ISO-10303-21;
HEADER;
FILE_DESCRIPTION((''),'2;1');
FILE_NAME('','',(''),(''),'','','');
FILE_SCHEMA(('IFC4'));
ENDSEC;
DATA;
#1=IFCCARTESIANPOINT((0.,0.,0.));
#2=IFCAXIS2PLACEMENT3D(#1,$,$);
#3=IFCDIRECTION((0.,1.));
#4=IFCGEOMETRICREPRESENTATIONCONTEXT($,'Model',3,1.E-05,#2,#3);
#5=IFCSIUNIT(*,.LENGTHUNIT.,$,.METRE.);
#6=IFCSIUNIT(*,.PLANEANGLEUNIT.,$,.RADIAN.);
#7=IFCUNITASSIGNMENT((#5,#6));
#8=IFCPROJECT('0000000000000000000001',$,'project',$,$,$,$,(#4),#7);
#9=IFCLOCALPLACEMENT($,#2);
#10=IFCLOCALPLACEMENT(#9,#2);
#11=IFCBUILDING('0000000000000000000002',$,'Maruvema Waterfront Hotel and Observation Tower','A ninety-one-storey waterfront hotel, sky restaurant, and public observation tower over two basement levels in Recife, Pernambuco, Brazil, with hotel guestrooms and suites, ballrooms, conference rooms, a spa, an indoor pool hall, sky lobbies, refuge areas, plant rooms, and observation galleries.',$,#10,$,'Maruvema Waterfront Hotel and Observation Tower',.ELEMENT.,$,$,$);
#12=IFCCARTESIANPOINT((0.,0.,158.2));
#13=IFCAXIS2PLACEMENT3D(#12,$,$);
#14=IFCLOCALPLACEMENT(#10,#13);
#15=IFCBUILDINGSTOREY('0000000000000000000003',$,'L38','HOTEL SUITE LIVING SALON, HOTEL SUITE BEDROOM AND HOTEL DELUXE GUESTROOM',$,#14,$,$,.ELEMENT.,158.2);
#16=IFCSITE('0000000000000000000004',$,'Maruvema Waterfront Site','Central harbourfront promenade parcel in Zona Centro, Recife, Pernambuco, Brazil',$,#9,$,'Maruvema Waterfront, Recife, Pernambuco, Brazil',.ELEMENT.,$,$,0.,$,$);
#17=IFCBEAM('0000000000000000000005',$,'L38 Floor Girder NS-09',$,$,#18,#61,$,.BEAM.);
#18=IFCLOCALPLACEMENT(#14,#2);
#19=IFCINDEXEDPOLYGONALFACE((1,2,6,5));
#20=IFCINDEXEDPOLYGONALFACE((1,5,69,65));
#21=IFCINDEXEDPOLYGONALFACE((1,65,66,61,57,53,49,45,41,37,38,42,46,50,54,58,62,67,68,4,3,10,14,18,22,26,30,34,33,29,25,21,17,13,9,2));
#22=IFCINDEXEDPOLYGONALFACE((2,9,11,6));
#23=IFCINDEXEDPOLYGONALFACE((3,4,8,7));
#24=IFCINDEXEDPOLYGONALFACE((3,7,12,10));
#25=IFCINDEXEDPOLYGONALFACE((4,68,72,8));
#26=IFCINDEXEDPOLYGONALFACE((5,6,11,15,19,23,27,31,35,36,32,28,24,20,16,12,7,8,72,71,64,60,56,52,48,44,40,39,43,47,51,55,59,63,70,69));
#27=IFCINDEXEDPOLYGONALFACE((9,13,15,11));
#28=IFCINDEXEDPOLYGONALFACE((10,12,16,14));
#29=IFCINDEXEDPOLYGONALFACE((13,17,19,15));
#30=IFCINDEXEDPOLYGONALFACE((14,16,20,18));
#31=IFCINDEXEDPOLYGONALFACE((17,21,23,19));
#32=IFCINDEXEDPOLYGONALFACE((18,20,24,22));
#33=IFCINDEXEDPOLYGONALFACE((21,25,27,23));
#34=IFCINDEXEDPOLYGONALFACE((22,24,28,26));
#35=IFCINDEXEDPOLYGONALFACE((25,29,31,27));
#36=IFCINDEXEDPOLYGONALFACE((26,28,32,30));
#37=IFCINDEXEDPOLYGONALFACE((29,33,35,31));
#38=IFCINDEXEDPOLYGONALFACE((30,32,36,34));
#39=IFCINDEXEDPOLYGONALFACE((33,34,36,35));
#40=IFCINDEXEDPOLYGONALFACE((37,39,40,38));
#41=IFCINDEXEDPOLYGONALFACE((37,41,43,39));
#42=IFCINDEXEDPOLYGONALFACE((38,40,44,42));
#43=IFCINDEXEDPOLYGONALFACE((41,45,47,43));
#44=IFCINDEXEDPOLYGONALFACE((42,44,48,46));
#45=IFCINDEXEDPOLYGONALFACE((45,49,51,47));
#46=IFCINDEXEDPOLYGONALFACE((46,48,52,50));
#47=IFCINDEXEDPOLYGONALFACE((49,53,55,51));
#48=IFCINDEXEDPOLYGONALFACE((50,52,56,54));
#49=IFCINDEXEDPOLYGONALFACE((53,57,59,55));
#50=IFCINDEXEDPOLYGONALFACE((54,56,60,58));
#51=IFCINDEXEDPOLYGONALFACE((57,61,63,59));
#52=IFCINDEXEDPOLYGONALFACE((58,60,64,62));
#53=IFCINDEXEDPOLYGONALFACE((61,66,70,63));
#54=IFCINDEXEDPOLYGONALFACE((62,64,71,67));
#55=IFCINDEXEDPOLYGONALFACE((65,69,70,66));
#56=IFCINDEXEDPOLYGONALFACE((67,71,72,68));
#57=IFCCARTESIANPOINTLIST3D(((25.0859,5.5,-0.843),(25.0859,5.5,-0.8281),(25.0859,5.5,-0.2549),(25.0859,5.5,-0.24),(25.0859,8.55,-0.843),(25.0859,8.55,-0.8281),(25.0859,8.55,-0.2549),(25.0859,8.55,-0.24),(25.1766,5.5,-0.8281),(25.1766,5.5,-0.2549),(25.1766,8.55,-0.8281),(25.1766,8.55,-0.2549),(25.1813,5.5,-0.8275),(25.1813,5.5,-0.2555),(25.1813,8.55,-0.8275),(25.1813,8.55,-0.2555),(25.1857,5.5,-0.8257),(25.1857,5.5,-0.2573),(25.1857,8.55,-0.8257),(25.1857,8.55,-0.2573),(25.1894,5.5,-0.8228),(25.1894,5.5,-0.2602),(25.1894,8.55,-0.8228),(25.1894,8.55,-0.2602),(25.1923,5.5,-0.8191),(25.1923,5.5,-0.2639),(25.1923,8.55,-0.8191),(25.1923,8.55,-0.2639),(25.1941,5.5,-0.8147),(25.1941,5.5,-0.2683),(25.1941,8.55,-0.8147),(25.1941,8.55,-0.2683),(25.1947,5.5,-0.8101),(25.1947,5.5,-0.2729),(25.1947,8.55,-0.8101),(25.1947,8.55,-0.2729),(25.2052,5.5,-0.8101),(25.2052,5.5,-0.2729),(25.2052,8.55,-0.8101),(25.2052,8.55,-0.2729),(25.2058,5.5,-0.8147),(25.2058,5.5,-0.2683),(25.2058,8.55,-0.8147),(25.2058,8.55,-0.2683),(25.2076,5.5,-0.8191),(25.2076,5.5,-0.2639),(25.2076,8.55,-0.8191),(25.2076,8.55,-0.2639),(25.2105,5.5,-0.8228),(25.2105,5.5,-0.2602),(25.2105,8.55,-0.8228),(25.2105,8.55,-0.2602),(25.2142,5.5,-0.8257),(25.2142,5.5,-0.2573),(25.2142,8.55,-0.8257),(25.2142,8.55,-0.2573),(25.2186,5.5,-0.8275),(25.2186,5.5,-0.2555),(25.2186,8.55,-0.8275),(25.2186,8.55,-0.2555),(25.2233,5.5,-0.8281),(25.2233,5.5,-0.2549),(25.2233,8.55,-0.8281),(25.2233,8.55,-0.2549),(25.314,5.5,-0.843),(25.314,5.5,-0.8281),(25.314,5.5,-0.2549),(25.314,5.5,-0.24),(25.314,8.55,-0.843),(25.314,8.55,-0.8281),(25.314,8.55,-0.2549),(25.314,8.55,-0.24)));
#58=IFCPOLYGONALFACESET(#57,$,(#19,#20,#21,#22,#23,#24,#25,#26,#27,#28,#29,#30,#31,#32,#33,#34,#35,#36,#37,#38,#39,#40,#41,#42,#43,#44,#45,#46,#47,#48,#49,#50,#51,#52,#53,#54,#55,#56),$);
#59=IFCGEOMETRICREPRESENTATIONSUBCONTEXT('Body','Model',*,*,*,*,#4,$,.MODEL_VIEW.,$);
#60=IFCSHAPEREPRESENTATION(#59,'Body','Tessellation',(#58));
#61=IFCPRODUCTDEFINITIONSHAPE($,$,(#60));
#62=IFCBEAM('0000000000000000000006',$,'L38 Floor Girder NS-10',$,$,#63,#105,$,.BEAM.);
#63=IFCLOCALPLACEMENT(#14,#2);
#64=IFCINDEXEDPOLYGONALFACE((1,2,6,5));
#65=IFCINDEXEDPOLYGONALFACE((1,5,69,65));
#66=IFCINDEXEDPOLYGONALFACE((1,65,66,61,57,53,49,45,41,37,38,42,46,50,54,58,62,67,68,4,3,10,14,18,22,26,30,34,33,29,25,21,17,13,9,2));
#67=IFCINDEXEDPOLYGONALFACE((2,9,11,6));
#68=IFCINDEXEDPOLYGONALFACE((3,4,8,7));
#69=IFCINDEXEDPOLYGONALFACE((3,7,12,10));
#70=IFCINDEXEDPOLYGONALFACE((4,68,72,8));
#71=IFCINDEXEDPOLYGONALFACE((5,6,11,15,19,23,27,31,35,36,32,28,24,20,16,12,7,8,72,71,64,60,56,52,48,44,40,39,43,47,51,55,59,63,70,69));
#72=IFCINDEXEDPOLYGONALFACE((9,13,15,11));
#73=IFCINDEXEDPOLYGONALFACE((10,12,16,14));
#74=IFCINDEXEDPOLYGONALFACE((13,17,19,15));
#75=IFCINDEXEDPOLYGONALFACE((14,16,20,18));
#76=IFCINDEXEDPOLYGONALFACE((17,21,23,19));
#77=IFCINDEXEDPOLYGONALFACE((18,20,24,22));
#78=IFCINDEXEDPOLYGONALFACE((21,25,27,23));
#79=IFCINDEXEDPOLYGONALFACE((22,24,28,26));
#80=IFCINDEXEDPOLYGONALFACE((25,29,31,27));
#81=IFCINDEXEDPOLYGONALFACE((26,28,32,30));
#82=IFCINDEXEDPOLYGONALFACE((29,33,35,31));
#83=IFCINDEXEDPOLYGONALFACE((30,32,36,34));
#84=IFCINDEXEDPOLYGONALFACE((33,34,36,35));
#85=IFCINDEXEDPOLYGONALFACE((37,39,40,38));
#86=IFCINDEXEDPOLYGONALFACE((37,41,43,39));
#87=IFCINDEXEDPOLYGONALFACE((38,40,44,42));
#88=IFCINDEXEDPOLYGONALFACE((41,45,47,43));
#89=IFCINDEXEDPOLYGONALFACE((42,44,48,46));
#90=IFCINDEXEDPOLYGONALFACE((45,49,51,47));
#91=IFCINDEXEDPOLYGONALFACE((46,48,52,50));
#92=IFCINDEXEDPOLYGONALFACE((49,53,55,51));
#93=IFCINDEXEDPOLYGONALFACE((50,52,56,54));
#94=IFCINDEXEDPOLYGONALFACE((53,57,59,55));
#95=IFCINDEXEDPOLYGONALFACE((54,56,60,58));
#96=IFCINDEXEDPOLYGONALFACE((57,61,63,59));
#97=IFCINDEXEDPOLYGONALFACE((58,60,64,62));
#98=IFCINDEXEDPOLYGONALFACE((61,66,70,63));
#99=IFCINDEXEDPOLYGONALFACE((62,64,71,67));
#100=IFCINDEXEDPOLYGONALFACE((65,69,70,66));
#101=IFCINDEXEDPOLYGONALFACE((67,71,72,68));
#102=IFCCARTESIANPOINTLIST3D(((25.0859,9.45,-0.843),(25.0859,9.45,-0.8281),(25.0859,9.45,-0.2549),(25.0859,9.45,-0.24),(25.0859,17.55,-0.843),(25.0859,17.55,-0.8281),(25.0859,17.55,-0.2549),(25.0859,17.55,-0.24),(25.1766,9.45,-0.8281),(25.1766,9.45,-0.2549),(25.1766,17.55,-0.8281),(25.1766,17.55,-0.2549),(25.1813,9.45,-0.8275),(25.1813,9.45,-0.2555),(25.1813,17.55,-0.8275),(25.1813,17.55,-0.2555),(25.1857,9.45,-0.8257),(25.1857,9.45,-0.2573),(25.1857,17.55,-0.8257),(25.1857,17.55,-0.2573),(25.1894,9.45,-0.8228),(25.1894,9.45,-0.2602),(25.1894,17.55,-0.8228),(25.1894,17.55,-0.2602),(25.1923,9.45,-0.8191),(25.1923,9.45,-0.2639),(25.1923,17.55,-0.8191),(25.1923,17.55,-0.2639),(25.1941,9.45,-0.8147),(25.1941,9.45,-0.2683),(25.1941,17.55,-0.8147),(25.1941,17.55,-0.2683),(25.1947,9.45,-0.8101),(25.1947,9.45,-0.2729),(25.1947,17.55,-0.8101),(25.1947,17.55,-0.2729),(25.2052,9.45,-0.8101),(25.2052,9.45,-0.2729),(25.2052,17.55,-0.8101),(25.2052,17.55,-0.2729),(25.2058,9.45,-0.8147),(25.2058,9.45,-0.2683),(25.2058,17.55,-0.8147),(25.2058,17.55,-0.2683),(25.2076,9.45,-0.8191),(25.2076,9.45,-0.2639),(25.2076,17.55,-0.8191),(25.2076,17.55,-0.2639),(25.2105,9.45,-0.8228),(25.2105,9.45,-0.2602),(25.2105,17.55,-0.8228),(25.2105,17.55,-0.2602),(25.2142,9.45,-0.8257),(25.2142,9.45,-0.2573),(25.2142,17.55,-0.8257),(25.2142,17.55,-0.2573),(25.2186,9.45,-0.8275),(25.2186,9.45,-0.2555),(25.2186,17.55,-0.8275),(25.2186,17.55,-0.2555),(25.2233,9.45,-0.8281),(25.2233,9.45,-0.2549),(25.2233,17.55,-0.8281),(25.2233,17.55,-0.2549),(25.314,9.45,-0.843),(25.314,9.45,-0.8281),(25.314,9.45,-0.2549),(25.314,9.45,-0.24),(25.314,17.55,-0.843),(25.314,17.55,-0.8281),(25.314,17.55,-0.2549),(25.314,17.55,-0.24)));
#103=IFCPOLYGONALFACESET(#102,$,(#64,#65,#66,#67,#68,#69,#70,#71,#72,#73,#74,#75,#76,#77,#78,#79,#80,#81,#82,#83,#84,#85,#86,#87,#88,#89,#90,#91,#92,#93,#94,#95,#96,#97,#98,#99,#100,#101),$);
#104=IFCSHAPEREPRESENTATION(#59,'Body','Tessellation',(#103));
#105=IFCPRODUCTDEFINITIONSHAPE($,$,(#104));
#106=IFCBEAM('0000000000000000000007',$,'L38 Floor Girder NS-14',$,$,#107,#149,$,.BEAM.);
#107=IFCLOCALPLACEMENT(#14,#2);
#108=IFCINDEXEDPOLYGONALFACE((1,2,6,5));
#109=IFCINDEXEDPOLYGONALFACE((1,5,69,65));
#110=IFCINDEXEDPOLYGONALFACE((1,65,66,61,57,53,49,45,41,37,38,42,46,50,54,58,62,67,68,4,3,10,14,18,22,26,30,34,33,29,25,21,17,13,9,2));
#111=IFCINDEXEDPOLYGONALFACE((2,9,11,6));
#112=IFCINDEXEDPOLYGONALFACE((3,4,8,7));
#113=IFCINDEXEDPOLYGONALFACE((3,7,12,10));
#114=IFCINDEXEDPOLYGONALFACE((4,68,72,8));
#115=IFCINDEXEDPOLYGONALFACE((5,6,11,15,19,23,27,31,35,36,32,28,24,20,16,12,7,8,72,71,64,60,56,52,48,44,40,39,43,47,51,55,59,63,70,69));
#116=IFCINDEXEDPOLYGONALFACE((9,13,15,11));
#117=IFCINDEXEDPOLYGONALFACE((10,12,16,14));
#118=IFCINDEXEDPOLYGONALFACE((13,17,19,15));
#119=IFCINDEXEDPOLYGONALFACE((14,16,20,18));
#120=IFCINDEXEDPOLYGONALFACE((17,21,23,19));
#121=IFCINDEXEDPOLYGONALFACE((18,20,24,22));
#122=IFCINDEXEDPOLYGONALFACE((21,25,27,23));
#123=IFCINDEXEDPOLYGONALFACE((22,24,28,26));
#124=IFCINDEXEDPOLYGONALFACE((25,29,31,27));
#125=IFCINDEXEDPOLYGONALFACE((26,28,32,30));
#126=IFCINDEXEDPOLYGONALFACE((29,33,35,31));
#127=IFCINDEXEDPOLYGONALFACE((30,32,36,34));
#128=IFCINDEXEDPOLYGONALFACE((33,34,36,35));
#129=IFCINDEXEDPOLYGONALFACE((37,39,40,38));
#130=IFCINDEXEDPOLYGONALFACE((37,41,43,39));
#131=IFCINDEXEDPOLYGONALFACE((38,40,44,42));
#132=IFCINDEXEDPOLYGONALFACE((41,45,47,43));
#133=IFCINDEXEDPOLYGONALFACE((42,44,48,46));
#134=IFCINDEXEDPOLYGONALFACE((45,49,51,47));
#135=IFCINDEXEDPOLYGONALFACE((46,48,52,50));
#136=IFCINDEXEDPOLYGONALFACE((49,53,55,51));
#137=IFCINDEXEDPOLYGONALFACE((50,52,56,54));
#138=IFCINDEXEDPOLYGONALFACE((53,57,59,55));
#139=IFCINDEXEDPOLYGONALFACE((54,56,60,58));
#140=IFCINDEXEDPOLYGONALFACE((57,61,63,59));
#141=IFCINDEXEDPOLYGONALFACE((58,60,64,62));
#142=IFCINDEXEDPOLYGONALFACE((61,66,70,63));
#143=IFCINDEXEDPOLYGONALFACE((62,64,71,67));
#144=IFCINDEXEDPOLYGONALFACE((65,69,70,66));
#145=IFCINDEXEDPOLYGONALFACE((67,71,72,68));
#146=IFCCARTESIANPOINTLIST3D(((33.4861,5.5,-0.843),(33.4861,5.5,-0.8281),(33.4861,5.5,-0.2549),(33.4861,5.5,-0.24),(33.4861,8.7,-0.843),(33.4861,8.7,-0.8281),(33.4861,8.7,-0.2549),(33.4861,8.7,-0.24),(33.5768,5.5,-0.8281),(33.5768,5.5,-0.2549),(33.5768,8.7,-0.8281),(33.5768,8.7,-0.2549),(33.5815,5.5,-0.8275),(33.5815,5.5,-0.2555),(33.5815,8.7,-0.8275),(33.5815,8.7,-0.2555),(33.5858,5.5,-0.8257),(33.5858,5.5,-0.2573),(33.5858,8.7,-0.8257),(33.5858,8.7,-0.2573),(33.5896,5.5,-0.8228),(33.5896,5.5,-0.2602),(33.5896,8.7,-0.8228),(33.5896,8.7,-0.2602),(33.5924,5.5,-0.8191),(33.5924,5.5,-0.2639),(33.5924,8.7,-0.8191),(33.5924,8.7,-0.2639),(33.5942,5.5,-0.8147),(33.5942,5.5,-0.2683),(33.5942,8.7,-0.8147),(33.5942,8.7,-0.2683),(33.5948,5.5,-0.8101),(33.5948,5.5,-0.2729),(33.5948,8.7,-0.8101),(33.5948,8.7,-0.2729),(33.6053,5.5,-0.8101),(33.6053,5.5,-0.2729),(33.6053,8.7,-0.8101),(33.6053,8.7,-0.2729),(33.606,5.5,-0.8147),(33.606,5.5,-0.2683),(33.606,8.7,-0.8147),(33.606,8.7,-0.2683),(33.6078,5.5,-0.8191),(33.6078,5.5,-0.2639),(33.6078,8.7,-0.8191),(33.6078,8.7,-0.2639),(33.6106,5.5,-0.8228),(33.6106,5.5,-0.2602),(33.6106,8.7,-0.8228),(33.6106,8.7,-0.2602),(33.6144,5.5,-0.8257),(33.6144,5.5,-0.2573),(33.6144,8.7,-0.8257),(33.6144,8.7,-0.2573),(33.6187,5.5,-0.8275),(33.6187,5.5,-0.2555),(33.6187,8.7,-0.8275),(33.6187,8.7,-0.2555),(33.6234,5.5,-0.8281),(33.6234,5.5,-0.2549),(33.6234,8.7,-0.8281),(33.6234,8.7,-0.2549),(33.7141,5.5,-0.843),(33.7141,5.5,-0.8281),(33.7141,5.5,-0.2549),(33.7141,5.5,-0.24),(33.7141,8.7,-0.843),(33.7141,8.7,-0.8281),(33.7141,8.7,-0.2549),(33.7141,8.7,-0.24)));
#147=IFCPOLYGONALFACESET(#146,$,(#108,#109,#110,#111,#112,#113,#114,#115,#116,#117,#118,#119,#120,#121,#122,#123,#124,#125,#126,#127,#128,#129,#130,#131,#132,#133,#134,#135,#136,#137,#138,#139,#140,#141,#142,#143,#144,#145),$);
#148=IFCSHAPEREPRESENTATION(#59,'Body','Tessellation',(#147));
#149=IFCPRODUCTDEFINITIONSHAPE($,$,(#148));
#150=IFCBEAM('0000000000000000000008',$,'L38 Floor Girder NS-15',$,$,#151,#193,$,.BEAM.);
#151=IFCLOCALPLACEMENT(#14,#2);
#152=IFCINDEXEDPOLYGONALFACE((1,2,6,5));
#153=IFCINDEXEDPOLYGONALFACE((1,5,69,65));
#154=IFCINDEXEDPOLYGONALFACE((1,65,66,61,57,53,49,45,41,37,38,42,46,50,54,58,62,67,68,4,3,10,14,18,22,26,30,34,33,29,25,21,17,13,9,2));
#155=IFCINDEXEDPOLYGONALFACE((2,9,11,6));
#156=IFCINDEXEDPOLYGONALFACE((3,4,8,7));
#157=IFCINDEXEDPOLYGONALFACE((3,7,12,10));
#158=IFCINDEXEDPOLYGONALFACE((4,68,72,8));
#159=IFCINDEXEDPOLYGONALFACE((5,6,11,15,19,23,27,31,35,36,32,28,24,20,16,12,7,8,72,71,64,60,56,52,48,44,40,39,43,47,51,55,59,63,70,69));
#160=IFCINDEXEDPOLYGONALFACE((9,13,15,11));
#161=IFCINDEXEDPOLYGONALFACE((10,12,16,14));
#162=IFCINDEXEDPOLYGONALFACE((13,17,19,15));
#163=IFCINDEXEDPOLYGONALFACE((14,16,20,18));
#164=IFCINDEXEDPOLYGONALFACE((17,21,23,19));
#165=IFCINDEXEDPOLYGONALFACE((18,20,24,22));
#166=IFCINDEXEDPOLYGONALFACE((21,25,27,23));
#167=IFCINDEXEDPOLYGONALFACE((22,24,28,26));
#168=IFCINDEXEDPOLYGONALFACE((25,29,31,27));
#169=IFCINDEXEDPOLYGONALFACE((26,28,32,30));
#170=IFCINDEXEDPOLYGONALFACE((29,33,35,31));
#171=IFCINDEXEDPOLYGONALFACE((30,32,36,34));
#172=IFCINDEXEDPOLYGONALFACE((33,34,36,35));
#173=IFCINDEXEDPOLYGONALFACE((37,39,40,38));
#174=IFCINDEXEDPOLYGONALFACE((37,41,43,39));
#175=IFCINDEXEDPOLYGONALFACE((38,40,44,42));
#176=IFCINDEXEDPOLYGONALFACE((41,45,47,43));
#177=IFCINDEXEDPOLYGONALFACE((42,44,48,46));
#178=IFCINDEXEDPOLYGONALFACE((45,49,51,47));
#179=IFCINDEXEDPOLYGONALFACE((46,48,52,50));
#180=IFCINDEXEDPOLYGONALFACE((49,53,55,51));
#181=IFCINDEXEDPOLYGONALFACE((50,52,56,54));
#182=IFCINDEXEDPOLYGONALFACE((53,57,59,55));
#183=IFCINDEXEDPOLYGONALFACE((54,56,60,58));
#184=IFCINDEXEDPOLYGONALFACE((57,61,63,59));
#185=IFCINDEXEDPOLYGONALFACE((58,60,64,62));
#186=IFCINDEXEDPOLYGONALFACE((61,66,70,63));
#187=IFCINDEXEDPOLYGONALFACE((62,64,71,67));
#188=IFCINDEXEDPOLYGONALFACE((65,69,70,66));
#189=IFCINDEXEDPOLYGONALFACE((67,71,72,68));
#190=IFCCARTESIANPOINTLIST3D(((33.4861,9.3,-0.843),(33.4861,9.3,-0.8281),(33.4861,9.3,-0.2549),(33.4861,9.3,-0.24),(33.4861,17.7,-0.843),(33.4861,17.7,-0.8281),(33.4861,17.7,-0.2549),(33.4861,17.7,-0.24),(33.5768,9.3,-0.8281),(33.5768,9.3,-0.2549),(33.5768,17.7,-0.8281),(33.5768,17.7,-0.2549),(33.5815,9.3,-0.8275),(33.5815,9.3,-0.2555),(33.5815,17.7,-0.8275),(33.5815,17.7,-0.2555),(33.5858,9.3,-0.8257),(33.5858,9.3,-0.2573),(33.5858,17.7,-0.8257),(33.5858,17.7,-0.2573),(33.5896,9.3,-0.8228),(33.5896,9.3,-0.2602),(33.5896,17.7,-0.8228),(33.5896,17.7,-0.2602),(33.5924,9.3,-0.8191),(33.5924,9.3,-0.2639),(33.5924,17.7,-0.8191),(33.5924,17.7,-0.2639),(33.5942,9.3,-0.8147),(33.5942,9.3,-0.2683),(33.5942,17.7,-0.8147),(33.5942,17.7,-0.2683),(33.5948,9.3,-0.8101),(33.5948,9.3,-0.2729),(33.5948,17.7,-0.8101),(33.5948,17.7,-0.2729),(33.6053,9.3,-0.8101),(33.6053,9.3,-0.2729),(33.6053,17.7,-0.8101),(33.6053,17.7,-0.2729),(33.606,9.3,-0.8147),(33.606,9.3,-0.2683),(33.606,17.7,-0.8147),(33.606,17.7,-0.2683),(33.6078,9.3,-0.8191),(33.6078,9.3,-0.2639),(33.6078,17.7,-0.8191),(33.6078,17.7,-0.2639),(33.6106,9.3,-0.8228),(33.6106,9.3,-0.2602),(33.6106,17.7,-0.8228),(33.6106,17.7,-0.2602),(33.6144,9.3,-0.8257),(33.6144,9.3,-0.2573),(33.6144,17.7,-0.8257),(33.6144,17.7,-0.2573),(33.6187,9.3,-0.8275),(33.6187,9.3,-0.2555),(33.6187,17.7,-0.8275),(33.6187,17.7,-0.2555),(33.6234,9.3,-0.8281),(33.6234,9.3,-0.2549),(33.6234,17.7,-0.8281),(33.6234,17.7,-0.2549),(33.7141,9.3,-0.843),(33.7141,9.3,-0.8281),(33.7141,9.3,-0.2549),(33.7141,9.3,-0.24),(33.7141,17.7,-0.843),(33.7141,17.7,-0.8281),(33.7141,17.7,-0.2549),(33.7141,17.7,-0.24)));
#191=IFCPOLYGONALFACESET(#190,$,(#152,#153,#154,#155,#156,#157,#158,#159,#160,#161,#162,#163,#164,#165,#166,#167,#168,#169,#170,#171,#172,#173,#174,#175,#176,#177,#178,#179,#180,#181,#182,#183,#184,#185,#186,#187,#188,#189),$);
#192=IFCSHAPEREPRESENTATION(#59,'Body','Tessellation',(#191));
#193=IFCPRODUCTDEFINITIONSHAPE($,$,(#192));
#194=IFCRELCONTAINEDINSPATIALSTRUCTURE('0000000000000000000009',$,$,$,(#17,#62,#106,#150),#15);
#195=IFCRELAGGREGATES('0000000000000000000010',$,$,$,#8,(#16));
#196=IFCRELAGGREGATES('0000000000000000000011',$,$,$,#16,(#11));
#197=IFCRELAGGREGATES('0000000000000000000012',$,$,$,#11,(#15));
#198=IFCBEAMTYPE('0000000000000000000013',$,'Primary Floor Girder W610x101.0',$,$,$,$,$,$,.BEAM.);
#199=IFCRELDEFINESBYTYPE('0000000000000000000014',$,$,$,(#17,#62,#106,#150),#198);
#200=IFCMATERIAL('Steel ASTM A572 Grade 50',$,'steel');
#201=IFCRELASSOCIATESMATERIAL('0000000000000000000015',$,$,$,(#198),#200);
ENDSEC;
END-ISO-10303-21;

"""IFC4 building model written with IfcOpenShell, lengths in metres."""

from ifc_helpers import new_model, si_unit, direction, frame, origin, origin_2d, place, context, subcontext, project, spatial, i_section, extrude, material, material_profile, profile_set, type_object, element, save


model = new_model("IFC4")

# Units and contexts
model_context = context("Model", 3, precision=1e-05, world=origin(), true_north=direction((0.0, 1.0)))
body_context = subcontext(model_context, "Body", "Model", "MODEL_VIEW")
ifc_project = project(units=[si_unit("LENGTHUNIT", "METRE"), si_unit("PLANEANGLEUNIT", "RADIAN")], contexts=[model_context])

# Site, building, storey
site_placement = place(None, origin())
site = spatial("IfcSite", under=ifc_project, at=site_placement, Name="Maruvema Waterfront Site", Description="Central harbourfront promenade parcel in Zona Centro, Recife, Pernambuco, Brazil", LongName="Maruvema Waterfront, Recife, Pernambuco, Brazil", CompositionType="ELEMENT", RefElevation=0.0)
building_placement = place(site_placement, origin())
building = spatial("IfcBuilding", under=site, at=building_placement, Name="Maruvema Waterfront Hotel and Observation Tower", Description="A ninety-one-storey waterfront hotel, sky restaurant, and public observation tower over two basement levels in Recife, Pernambuco, Brazil, with hotel guestrooms and suites, ballrooms, conference rooms, a spa, an indoor pool hall, sky lobbies, refuge areas, plant rooms, and observation galleries.", LongName="Maruvema Waterfront Hotel and Observation Tower", CompositionType="ELEMENT")
storey_placement = place(building_placement, frame((0.0, 0.0, 158.2)))
storey = spatial("IfcBuildingStorey", under=building, at=storey_placement, Name="L38", Description="HOTEL SUITE LIVING SALON, HOTEL SUITE BEDROOM AND HOTEL DELUXE GUESTROOM", CompositionType="ELEMENT", Elevation=158.2)

# Beams
ifc_material_1 = material(Name="Steel ASTM A572 Grade 50", Category="steel")
ifc_material_profile_1 = material_profile(ifc_material_1, i_section(OverallWidth=0.228, OverallDepth=0.603, WebThickness=0.0105, FlangeThickness=0.0149, FilletRadius=0.0181, at=origin_2d()), Name="W610x101.0")
ifc_profile_set_1 = profile_set([ifc_material_profile_1], Name="Steel ASTM A572 Grade 50")
beam_type_1 = type_object("IfcBeamType", Name="Primary Floor Girder W610x101.0", PredefinedType="BEAM", material=ifc_profile_set_1)
beam_1_placement = place(storey_placement, frame((25.2, 5.5, -0.5415), z_axis=(0.0, 1.0, 0.0), x_axis=(-1.0, 0.0, 0.0)))
element("IfcBeam", 1, at=beam_1_placement, inside=storey, type_object=beam_type_1, Name="L38 Floor Girder NS-09", PredefinedType="BEAM", context=body_context, shape_type="SweptSolid", body=[
    extrude(i_section(OverallWidth=0.228, OverallDepth=0.603, WebThickness=0.0105, FlangeThickness=0.0149, FilletRadius=0.0181, at=origin_2d()), origin(), (0.0, 0.0, 1.0), 3.05),
])
beam_2_placement = place(storey_placement, frame((25.2, 9.45, -0.5415), z_axis=(0.0, 1.0, 0.0), x_axis=(-1.0, 0.0, 0.0)))
element("IfcBeam", 2, at=beam_2_placement, inside=storey, type_object=beam_type_1, Name="L38 Floor Girder NS-10", PredefinedType="BEAM", context=body_context, shape_type="SweptSolid", body=[
    extrude(i_section(OverallWidth=0.228, OverallDepth=0.603, WebThickness=0.0105, FlangeThickness=0.0149, FilletRadius=0.0181, at=origin_2d()), origin(), (0.0, 0.0, 1.0), 8.1001),
])
beam_3_placement = place(storey_placement, frame((33.6001, 5.5, -0.5415), z_axis=(0.0, 1.0, 0.0), x_axis=(-1.0, 0.0, 0.0)))
element("IfcBeam", 3, at=beam_3_placement, inside=storey, type_object=beam_type_1, Name="L38 Floor Girder NS-14", PredefinedType="BEAM", context=body_context, shape_type="SweptSolid", body=[
    extrude(i_section(OverallWidth=0.228, OverallDepth=0.603, WebThickness=0.0105, FlangeThickness=0.0149, FilletRadius=0.0181, at=origin_2d()), origin(), (0.0, 0.0, 1.0), 3.2),
])
beam_4_placement = place(storey_placement, frame((33.6001, 9.3, -0.5415), z_axis=(0.0, 1.0, 0.0), x_axis=(-1.0, 0.0, 0.0)))
element("IfcBeam", 4, at=beam_4_placement, inside=storey, type_object=beam_type_1, Name="L38 Floor Girder NS-15", PredefinedType="BEAM", context=body_context, shape_type="SweptSolid", body=[
    extrude(i_section(OverallWidth=0.228, OverallDepth=0.603, WebThickness=0.0105, FlangeThickness=0.0149, FilletRadius=0.0181, at=origin_2d()), origin(), (0.0, 0.0, 1.0), 8.3999),
])

save(model, "model.ifc")
